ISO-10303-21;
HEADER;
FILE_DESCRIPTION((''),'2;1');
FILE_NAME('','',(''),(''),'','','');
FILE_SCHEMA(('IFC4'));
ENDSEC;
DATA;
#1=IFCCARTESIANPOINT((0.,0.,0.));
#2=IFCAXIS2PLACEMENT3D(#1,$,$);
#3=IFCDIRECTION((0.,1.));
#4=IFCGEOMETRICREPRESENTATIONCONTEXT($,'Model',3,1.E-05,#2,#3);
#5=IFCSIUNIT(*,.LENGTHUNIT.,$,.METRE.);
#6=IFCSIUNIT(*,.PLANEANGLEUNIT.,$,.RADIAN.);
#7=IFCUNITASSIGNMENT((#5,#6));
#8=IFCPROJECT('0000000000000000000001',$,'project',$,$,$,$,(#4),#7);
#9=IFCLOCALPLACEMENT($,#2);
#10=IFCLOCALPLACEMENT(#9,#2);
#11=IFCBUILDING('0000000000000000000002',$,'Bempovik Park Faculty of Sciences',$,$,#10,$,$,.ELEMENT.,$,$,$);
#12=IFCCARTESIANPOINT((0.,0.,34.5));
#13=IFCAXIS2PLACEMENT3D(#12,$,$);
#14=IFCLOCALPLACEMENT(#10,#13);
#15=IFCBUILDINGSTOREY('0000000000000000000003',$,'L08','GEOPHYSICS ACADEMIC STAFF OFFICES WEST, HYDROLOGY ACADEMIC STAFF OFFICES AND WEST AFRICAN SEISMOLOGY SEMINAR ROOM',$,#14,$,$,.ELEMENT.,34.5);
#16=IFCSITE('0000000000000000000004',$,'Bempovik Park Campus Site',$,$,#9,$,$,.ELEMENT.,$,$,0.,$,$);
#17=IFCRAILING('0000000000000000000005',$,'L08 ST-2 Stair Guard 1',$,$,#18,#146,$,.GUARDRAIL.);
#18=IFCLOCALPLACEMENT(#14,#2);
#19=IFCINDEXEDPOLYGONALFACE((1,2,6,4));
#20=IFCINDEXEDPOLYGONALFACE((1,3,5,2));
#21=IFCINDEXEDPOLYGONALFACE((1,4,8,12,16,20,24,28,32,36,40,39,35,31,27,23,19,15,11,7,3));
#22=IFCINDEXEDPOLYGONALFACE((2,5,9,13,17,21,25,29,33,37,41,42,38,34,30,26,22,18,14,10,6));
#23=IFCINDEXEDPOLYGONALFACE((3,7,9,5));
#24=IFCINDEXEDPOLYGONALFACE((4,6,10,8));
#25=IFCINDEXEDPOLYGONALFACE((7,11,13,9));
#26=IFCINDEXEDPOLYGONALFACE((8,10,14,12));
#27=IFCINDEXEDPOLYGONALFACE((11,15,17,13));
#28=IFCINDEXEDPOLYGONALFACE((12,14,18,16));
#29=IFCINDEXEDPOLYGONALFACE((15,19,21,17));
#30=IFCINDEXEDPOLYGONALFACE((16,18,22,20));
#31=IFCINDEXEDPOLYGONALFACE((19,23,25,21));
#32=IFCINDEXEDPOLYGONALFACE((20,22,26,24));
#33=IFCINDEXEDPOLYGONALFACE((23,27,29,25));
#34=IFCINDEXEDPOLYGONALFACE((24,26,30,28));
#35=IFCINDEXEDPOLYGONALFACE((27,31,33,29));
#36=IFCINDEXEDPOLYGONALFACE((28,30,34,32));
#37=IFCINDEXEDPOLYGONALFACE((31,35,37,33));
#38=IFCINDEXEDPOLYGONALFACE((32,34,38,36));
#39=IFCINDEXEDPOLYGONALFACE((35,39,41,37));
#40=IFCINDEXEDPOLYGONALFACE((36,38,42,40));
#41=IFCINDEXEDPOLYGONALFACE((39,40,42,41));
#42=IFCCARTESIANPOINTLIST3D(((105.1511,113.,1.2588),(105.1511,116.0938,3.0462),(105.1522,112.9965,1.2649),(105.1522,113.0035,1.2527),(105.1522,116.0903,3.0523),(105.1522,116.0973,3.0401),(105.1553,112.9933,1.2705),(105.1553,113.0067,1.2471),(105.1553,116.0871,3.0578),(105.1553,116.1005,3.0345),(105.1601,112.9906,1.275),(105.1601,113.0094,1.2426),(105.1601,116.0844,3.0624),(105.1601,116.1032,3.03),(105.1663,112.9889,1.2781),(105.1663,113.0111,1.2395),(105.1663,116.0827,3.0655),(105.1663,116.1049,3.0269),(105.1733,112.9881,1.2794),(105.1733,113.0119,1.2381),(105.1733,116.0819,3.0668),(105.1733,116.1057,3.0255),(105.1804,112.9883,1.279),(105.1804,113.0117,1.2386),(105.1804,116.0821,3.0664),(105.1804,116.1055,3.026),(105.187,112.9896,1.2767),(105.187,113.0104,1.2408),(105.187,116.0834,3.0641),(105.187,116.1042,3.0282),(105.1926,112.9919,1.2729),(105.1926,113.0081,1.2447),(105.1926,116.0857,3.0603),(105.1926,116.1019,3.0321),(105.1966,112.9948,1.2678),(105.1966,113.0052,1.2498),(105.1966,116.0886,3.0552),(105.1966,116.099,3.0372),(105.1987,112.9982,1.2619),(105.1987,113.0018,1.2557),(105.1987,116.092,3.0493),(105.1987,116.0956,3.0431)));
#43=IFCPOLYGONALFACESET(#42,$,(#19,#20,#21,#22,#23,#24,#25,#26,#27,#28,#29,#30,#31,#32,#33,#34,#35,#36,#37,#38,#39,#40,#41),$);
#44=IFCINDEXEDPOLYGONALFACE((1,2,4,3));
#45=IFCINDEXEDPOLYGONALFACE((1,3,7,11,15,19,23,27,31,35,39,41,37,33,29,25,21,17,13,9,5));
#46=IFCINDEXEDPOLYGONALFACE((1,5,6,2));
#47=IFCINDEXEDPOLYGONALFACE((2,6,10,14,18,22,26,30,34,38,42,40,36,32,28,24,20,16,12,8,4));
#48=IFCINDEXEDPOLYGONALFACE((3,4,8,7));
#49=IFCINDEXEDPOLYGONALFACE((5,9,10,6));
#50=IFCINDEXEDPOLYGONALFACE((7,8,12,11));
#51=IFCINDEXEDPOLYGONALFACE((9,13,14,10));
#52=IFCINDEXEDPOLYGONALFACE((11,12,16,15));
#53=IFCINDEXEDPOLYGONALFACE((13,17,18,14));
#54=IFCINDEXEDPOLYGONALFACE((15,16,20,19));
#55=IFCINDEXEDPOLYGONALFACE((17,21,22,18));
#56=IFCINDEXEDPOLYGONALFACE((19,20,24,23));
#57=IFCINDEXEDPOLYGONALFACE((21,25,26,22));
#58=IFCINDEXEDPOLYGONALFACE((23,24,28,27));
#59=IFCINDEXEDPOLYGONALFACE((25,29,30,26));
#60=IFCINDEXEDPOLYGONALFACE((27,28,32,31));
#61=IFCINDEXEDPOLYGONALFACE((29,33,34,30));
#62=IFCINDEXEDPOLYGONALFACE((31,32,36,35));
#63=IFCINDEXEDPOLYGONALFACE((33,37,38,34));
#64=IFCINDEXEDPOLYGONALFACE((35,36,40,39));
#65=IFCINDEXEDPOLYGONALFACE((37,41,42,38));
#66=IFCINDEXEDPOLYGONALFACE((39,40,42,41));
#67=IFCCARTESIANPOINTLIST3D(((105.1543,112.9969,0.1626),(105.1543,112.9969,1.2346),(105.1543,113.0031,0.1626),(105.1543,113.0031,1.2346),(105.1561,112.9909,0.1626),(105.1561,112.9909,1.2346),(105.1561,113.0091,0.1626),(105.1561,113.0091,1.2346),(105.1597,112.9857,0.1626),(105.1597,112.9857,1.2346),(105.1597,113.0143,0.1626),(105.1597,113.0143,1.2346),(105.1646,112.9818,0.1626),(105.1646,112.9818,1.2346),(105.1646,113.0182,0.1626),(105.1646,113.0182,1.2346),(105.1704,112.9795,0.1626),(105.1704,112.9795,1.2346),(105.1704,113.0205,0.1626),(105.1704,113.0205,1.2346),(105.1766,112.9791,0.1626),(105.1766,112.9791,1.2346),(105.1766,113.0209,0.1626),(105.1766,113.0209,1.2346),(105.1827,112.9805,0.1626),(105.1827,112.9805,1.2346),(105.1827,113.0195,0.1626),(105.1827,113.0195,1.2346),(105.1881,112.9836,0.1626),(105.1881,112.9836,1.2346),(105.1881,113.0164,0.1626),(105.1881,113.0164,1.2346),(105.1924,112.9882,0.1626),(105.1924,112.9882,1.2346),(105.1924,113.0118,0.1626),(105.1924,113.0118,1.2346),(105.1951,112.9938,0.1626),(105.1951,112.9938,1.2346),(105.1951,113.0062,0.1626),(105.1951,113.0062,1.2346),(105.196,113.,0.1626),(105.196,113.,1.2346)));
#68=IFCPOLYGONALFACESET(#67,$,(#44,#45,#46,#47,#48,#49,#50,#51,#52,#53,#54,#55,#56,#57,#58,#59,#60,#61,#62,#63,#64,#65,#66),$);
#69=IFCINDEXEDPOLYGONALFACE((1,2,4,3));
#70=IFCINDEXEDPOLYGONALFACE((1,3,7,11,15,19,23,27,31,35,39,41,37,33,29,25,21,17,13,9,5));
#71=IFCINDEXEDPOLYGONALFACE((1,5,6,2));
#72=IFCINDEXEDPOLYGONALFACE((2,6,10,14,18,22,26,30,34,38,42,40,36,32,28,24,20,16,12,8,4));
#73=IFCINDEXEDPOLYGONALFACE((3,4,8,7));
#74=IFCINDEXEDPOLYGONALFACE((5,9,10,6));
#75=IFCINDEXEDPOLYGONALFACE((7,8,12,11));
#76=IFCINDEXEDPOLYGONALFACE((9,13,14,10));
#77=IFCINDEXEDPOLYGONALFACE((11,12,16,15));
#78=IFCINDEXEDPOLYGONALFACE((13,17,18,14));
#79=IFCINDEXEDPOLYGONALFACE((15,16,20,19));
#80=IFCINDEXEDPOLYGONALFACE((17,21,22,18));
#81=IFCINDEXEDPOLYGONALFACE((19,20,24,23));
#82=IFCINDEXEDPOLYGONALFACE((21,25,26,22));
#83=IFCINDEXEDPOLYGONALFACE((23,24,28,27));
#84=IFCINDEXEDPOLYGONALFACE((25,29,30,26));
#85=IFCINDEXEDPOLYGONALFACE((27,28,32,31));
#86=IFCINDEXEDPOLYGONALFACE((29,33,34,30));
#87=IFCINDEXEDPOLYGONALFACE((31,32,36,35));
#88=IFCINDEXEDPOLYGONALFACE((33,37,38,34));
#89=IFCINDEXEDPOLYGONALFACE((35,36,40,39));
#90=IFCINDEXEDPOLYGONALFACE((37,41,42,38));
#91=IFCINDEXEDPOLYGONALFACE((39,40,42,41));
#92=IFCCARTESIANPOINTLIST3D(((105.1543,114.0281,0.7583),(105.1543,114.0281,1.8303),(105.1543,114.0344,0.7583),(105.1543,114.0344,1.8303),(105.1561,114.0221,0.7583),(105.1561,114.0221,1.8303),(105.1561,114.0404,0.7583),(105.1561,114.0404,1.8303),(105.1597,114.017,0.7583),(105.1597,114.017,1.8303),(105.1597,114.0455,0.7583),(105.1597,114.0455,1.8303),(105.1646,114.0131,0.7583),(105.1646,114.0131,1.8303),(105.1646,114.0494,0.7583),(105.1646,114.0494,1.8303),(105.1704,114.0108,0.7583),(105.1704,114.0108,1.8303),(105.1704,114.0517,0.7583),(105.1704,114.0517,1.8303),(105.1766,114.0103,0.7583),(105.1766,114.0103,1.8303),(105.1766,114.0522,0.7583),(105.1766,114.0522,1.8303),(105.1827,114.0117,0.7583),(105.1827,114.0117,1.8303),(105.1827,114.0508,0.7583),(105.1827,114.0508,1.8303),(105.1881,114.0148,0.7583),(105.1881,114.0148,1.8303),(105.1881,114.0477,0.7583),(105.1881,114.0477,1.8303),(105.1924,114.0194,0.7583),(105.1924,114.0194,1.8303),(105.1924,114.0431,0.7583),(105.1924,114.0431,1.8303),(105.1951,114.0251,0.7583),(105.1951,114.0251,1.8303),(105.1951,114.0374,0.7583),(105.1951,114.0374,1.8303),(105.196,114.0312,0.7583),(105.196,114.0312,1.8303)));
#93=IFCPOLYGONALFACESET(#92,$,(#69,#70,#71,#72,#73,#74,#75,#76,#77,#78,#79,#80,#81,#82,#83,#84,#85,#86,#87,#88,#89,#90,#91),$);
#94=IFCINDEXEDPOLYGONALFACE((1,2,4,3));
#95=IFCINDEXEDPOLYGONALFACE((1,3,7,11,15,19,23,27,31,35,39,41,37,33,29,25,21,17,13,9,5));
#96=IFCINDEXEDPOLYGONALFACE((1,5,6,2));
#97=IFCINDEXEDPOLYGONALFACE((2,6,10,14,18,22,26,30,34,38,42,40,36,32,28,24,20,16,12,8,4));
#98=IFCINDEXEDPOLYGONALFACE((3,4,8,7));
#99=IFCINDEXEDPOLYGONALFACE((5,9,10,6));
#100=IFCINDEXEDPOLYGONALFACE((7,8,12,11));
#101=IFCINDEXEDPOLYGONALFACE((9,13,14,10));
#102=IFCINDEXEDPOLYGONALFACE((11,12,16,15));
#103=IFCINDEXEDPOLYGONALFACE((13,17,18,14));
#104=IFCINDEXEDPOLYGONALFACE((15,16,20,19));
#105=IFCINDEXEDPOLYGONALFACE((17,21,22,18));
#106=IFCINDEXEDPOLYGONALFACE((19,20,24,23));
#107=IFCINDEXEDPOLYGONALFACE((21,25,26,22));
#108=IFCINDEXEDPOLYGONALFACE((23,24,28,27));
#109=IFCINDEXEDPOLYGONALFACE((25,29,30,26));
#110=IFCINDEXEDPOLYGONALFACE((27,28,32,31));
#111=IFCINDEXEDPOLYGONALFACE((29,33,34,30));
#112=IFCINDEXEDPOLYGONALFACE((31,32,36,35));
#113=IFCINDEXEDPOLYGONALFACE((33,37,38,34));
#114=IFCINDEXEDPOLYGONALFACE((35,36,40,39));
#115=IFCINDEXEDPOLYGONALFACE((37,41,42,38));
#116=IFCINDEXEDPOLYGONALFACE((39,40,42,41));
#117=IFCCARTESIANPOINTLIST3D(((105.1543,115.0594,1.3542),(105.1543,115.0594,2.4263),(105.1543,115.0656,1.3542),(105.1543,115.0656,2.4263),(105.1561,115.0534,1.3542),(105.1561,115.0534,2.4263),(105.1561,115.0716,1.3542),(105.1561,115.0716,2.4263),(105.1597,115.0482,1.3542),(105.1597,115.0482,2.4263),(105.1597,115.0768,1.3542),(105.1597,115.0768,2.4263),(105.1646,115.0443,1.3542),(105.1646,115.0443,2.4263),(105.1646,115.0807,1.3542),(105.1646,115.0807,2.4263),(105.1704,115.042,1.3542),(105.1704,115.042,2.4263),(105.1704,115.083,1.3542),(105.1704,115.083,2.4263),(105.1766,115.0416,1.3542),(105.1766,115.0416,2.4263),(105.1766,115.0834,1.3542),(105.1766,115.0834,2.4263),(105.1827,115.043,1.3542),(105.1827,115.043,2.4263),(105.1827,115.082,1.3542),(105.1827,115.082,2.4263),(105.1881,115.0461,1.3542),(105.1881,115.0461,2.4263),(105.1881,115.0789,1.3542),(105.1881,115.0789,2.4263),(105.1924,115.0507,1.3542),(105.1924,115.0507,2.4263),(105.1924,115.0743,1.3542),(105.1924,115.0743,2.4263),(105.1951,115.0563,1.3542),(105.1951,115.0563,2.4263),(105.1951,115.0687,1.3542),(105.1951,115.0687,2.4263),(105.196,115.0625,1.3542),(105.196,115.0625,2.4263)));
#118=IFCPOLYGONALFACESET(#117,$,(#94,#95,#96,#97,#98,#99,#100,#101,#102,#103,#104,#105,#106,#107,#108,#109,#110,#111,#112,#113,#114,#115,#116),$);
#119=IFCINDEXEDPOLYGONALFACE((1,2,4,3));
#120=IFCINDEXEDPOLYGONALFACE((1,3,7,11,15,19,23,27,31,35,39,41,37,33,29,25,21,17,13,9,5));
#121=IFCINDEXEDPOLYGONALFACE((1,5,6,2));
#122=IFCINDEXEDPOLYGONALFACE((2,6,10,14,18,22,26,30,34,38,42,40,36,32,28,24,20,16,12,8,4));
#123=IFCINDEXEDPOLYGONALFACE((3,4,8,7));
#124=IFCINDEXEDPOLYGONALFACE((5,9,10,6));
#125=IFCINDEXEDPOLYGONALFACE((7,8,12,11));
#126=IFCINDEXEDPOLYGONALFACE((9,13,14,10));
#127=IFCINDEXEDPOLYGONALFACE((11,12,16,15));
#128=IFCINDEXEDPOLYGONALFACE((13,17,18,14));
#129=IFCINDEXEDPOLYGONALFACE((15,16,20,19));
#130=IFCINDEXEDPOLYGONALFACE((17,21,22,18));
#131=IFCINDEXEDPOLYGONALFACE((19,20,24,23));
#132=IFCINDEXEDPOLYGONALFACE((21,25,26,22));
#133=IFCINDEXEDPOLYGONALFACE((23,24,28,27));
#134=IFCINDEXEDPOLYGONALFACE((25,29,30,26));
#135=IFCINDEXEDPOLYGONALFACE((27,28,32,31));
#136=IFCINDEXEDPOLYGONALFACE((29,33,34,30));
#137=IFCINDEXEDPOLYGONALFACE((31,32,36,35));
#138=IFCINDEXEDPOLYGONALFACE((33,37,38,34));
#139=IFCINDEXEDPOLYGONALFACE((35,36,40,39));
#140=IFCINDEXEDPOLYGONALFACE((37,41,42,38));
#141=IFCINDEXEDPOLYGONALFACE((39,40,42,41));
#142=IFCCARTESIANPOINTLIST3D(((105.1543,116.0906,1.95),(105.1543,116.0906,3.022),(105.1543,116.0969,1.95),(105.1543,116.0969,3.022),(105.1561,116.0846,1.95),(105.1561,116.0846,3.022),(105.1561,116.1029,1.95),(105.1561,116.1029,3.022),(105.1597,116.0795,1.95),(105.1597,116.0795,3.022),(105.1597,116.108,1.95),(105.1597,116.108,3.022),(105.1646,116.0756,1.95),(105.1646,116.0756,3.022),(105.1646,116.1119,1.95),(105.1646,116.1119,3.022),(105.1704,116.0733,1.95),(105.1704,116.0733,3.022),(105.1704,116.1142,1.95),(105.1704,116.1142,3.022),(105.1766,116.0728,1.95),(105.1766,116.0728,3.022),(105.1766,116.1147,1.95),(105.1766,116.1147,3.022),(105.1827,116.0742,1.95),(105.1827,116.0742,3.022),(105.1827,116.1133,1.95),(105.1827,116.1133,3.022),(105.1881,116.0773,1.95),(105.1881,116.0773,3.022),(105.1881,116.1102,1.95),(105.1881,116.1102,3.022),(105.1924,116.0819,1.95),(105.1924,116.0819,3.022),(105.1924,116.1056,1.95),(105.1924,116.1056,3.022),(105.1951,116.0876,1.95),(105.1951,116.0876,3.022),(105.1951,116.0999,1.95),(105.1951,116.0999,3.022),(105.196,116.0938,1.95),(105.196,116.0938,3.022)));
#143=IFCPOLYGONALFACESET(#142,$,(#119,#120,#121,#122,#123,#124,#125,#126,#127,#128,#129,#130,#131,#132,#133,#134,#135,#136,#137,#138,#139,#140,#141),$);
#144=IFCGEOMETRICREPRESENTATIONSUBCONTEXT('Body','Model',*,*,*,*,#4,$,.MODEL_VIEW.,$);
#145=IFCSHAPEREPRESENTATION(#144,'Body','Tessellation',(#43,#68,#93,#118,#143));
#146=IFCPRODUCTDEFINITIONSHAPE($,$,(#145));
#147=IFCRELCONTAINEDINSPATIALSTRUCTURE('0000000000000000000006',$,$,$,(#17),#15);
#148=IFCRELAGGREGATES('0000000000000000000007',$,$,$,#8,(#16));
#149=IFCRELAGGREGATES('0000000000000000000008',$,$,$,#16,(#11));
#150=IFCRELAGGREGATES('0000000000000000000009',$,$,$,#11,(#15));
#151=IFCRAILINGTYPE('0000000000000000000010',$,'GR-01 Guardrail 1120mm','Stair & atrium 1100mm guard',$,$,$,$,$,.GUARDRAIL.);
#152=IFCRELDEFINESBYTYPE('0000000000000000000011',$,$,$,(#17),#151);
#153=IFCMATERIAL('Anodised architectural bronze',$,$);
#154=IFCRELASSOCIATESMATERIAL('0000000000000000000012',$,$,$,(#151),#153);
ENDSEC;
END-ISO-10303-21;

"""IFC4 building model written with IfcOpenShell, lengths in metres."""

from ifc_helpers import new_model, si_unit, direction, frame, origin, origin_2d, place, context, subcontext, project, spatial, circle, extrude, material, type_object, element, save


model = new_model("IFC4")

# Units and contexts
model_context = context("Model", 3, precision=1e-05, world=origin(), true_north=direction((0.0, 1.0)))
body_context = subcontext(model_context, "Body", "Model", "MODEL_VIEW")
ifc_project = project(units=[si_unit("LENGTHUNIT", "METRE"), si_unit("PLANEANGLEUNIT", "RADIAN")], contexts=[model_context])

# Site, building, storey
site_placement = place(None, origin())
site = spatial("IfcSite", under=ifc_project, at=site_placement, Name="Bempovik Park Campus Site", CompositionType="ELEMENT", RefElevation=0.0)
building_placement = place(site_placement, origin())
building = spatial("IfcBuilding", under=site, at=building_placement, Name="Bempovik Park Faculty of Sciences", CompositionType="ELEMENT")
storey_placement = place(building_placement, frame((0.0, 0.0, 34.5)))
storey = spatial("IfcBuildingStorey", under=building, at=storey_placement, Name="L08", Description="GEOPHYSICS ACADEMIC STAFF OFFICES WEST, HYDROLOGY ACADEMIC STAFF OFFICES AND WEST AFRICAN SEISMOLOGY SEMINAR ROOM", CompositionType="ELEMENT", Elevation=34.5)

# Railing
ifc_material_1 = material(Name="Anodised architectural bronze")
railing_type_1 = type_object("IfcRailingType", Name="GR-01 Guardrail 1120mm", Description="Stair & atrium 1100mm guard", PredefinedType="GUARDRAIL", material=ifc_material_1)
railing_1_placement = place(storey_placement, frame((105.175, 113.0, 0.1626)))
element("IfcRailing", 1, at=railing_1_placement, inside=storey, type_object=railing_type_1, Name="L08 ST-2 Stair Guard 1", PredefinedType="GUARDRAIL", context=body_context, shape_type="SweptSolid", body=[
    extrude(circle(Radius=0.0239, at=origin_2d()), frame((0.0, 0.0, 1.0962), z_axis=(0.0, 0.865883, 0.500247), x_axis=(-1.0, 0.0, 0.0)), (0.0, 0.0, 1.0), 3.573),
    extrude(circle(Radius=0.021, at=origin_2d()), origin(), (0.0, 0.0, 1.0), 1.072),
    extrude(circle(Radius=0.021, at=origin_2d()), frame((0.0, 1.0312, 0.5957)), (0.0, 0.0, 1.0), 1.072),
    extrude(circle(Radius=0.021, at=origin_2d()), frame((0.0, 2.0625, 1.1917)), (0.0, 0.0, 1.0), 1.072),
    extrude(circle(Radius=0.021, at=origin_2d()), frame((0.0, 3.0938, 1.7874)), (0.0, 0.0, 1.0), 1.072),
])

save(model, "model.ifc")
